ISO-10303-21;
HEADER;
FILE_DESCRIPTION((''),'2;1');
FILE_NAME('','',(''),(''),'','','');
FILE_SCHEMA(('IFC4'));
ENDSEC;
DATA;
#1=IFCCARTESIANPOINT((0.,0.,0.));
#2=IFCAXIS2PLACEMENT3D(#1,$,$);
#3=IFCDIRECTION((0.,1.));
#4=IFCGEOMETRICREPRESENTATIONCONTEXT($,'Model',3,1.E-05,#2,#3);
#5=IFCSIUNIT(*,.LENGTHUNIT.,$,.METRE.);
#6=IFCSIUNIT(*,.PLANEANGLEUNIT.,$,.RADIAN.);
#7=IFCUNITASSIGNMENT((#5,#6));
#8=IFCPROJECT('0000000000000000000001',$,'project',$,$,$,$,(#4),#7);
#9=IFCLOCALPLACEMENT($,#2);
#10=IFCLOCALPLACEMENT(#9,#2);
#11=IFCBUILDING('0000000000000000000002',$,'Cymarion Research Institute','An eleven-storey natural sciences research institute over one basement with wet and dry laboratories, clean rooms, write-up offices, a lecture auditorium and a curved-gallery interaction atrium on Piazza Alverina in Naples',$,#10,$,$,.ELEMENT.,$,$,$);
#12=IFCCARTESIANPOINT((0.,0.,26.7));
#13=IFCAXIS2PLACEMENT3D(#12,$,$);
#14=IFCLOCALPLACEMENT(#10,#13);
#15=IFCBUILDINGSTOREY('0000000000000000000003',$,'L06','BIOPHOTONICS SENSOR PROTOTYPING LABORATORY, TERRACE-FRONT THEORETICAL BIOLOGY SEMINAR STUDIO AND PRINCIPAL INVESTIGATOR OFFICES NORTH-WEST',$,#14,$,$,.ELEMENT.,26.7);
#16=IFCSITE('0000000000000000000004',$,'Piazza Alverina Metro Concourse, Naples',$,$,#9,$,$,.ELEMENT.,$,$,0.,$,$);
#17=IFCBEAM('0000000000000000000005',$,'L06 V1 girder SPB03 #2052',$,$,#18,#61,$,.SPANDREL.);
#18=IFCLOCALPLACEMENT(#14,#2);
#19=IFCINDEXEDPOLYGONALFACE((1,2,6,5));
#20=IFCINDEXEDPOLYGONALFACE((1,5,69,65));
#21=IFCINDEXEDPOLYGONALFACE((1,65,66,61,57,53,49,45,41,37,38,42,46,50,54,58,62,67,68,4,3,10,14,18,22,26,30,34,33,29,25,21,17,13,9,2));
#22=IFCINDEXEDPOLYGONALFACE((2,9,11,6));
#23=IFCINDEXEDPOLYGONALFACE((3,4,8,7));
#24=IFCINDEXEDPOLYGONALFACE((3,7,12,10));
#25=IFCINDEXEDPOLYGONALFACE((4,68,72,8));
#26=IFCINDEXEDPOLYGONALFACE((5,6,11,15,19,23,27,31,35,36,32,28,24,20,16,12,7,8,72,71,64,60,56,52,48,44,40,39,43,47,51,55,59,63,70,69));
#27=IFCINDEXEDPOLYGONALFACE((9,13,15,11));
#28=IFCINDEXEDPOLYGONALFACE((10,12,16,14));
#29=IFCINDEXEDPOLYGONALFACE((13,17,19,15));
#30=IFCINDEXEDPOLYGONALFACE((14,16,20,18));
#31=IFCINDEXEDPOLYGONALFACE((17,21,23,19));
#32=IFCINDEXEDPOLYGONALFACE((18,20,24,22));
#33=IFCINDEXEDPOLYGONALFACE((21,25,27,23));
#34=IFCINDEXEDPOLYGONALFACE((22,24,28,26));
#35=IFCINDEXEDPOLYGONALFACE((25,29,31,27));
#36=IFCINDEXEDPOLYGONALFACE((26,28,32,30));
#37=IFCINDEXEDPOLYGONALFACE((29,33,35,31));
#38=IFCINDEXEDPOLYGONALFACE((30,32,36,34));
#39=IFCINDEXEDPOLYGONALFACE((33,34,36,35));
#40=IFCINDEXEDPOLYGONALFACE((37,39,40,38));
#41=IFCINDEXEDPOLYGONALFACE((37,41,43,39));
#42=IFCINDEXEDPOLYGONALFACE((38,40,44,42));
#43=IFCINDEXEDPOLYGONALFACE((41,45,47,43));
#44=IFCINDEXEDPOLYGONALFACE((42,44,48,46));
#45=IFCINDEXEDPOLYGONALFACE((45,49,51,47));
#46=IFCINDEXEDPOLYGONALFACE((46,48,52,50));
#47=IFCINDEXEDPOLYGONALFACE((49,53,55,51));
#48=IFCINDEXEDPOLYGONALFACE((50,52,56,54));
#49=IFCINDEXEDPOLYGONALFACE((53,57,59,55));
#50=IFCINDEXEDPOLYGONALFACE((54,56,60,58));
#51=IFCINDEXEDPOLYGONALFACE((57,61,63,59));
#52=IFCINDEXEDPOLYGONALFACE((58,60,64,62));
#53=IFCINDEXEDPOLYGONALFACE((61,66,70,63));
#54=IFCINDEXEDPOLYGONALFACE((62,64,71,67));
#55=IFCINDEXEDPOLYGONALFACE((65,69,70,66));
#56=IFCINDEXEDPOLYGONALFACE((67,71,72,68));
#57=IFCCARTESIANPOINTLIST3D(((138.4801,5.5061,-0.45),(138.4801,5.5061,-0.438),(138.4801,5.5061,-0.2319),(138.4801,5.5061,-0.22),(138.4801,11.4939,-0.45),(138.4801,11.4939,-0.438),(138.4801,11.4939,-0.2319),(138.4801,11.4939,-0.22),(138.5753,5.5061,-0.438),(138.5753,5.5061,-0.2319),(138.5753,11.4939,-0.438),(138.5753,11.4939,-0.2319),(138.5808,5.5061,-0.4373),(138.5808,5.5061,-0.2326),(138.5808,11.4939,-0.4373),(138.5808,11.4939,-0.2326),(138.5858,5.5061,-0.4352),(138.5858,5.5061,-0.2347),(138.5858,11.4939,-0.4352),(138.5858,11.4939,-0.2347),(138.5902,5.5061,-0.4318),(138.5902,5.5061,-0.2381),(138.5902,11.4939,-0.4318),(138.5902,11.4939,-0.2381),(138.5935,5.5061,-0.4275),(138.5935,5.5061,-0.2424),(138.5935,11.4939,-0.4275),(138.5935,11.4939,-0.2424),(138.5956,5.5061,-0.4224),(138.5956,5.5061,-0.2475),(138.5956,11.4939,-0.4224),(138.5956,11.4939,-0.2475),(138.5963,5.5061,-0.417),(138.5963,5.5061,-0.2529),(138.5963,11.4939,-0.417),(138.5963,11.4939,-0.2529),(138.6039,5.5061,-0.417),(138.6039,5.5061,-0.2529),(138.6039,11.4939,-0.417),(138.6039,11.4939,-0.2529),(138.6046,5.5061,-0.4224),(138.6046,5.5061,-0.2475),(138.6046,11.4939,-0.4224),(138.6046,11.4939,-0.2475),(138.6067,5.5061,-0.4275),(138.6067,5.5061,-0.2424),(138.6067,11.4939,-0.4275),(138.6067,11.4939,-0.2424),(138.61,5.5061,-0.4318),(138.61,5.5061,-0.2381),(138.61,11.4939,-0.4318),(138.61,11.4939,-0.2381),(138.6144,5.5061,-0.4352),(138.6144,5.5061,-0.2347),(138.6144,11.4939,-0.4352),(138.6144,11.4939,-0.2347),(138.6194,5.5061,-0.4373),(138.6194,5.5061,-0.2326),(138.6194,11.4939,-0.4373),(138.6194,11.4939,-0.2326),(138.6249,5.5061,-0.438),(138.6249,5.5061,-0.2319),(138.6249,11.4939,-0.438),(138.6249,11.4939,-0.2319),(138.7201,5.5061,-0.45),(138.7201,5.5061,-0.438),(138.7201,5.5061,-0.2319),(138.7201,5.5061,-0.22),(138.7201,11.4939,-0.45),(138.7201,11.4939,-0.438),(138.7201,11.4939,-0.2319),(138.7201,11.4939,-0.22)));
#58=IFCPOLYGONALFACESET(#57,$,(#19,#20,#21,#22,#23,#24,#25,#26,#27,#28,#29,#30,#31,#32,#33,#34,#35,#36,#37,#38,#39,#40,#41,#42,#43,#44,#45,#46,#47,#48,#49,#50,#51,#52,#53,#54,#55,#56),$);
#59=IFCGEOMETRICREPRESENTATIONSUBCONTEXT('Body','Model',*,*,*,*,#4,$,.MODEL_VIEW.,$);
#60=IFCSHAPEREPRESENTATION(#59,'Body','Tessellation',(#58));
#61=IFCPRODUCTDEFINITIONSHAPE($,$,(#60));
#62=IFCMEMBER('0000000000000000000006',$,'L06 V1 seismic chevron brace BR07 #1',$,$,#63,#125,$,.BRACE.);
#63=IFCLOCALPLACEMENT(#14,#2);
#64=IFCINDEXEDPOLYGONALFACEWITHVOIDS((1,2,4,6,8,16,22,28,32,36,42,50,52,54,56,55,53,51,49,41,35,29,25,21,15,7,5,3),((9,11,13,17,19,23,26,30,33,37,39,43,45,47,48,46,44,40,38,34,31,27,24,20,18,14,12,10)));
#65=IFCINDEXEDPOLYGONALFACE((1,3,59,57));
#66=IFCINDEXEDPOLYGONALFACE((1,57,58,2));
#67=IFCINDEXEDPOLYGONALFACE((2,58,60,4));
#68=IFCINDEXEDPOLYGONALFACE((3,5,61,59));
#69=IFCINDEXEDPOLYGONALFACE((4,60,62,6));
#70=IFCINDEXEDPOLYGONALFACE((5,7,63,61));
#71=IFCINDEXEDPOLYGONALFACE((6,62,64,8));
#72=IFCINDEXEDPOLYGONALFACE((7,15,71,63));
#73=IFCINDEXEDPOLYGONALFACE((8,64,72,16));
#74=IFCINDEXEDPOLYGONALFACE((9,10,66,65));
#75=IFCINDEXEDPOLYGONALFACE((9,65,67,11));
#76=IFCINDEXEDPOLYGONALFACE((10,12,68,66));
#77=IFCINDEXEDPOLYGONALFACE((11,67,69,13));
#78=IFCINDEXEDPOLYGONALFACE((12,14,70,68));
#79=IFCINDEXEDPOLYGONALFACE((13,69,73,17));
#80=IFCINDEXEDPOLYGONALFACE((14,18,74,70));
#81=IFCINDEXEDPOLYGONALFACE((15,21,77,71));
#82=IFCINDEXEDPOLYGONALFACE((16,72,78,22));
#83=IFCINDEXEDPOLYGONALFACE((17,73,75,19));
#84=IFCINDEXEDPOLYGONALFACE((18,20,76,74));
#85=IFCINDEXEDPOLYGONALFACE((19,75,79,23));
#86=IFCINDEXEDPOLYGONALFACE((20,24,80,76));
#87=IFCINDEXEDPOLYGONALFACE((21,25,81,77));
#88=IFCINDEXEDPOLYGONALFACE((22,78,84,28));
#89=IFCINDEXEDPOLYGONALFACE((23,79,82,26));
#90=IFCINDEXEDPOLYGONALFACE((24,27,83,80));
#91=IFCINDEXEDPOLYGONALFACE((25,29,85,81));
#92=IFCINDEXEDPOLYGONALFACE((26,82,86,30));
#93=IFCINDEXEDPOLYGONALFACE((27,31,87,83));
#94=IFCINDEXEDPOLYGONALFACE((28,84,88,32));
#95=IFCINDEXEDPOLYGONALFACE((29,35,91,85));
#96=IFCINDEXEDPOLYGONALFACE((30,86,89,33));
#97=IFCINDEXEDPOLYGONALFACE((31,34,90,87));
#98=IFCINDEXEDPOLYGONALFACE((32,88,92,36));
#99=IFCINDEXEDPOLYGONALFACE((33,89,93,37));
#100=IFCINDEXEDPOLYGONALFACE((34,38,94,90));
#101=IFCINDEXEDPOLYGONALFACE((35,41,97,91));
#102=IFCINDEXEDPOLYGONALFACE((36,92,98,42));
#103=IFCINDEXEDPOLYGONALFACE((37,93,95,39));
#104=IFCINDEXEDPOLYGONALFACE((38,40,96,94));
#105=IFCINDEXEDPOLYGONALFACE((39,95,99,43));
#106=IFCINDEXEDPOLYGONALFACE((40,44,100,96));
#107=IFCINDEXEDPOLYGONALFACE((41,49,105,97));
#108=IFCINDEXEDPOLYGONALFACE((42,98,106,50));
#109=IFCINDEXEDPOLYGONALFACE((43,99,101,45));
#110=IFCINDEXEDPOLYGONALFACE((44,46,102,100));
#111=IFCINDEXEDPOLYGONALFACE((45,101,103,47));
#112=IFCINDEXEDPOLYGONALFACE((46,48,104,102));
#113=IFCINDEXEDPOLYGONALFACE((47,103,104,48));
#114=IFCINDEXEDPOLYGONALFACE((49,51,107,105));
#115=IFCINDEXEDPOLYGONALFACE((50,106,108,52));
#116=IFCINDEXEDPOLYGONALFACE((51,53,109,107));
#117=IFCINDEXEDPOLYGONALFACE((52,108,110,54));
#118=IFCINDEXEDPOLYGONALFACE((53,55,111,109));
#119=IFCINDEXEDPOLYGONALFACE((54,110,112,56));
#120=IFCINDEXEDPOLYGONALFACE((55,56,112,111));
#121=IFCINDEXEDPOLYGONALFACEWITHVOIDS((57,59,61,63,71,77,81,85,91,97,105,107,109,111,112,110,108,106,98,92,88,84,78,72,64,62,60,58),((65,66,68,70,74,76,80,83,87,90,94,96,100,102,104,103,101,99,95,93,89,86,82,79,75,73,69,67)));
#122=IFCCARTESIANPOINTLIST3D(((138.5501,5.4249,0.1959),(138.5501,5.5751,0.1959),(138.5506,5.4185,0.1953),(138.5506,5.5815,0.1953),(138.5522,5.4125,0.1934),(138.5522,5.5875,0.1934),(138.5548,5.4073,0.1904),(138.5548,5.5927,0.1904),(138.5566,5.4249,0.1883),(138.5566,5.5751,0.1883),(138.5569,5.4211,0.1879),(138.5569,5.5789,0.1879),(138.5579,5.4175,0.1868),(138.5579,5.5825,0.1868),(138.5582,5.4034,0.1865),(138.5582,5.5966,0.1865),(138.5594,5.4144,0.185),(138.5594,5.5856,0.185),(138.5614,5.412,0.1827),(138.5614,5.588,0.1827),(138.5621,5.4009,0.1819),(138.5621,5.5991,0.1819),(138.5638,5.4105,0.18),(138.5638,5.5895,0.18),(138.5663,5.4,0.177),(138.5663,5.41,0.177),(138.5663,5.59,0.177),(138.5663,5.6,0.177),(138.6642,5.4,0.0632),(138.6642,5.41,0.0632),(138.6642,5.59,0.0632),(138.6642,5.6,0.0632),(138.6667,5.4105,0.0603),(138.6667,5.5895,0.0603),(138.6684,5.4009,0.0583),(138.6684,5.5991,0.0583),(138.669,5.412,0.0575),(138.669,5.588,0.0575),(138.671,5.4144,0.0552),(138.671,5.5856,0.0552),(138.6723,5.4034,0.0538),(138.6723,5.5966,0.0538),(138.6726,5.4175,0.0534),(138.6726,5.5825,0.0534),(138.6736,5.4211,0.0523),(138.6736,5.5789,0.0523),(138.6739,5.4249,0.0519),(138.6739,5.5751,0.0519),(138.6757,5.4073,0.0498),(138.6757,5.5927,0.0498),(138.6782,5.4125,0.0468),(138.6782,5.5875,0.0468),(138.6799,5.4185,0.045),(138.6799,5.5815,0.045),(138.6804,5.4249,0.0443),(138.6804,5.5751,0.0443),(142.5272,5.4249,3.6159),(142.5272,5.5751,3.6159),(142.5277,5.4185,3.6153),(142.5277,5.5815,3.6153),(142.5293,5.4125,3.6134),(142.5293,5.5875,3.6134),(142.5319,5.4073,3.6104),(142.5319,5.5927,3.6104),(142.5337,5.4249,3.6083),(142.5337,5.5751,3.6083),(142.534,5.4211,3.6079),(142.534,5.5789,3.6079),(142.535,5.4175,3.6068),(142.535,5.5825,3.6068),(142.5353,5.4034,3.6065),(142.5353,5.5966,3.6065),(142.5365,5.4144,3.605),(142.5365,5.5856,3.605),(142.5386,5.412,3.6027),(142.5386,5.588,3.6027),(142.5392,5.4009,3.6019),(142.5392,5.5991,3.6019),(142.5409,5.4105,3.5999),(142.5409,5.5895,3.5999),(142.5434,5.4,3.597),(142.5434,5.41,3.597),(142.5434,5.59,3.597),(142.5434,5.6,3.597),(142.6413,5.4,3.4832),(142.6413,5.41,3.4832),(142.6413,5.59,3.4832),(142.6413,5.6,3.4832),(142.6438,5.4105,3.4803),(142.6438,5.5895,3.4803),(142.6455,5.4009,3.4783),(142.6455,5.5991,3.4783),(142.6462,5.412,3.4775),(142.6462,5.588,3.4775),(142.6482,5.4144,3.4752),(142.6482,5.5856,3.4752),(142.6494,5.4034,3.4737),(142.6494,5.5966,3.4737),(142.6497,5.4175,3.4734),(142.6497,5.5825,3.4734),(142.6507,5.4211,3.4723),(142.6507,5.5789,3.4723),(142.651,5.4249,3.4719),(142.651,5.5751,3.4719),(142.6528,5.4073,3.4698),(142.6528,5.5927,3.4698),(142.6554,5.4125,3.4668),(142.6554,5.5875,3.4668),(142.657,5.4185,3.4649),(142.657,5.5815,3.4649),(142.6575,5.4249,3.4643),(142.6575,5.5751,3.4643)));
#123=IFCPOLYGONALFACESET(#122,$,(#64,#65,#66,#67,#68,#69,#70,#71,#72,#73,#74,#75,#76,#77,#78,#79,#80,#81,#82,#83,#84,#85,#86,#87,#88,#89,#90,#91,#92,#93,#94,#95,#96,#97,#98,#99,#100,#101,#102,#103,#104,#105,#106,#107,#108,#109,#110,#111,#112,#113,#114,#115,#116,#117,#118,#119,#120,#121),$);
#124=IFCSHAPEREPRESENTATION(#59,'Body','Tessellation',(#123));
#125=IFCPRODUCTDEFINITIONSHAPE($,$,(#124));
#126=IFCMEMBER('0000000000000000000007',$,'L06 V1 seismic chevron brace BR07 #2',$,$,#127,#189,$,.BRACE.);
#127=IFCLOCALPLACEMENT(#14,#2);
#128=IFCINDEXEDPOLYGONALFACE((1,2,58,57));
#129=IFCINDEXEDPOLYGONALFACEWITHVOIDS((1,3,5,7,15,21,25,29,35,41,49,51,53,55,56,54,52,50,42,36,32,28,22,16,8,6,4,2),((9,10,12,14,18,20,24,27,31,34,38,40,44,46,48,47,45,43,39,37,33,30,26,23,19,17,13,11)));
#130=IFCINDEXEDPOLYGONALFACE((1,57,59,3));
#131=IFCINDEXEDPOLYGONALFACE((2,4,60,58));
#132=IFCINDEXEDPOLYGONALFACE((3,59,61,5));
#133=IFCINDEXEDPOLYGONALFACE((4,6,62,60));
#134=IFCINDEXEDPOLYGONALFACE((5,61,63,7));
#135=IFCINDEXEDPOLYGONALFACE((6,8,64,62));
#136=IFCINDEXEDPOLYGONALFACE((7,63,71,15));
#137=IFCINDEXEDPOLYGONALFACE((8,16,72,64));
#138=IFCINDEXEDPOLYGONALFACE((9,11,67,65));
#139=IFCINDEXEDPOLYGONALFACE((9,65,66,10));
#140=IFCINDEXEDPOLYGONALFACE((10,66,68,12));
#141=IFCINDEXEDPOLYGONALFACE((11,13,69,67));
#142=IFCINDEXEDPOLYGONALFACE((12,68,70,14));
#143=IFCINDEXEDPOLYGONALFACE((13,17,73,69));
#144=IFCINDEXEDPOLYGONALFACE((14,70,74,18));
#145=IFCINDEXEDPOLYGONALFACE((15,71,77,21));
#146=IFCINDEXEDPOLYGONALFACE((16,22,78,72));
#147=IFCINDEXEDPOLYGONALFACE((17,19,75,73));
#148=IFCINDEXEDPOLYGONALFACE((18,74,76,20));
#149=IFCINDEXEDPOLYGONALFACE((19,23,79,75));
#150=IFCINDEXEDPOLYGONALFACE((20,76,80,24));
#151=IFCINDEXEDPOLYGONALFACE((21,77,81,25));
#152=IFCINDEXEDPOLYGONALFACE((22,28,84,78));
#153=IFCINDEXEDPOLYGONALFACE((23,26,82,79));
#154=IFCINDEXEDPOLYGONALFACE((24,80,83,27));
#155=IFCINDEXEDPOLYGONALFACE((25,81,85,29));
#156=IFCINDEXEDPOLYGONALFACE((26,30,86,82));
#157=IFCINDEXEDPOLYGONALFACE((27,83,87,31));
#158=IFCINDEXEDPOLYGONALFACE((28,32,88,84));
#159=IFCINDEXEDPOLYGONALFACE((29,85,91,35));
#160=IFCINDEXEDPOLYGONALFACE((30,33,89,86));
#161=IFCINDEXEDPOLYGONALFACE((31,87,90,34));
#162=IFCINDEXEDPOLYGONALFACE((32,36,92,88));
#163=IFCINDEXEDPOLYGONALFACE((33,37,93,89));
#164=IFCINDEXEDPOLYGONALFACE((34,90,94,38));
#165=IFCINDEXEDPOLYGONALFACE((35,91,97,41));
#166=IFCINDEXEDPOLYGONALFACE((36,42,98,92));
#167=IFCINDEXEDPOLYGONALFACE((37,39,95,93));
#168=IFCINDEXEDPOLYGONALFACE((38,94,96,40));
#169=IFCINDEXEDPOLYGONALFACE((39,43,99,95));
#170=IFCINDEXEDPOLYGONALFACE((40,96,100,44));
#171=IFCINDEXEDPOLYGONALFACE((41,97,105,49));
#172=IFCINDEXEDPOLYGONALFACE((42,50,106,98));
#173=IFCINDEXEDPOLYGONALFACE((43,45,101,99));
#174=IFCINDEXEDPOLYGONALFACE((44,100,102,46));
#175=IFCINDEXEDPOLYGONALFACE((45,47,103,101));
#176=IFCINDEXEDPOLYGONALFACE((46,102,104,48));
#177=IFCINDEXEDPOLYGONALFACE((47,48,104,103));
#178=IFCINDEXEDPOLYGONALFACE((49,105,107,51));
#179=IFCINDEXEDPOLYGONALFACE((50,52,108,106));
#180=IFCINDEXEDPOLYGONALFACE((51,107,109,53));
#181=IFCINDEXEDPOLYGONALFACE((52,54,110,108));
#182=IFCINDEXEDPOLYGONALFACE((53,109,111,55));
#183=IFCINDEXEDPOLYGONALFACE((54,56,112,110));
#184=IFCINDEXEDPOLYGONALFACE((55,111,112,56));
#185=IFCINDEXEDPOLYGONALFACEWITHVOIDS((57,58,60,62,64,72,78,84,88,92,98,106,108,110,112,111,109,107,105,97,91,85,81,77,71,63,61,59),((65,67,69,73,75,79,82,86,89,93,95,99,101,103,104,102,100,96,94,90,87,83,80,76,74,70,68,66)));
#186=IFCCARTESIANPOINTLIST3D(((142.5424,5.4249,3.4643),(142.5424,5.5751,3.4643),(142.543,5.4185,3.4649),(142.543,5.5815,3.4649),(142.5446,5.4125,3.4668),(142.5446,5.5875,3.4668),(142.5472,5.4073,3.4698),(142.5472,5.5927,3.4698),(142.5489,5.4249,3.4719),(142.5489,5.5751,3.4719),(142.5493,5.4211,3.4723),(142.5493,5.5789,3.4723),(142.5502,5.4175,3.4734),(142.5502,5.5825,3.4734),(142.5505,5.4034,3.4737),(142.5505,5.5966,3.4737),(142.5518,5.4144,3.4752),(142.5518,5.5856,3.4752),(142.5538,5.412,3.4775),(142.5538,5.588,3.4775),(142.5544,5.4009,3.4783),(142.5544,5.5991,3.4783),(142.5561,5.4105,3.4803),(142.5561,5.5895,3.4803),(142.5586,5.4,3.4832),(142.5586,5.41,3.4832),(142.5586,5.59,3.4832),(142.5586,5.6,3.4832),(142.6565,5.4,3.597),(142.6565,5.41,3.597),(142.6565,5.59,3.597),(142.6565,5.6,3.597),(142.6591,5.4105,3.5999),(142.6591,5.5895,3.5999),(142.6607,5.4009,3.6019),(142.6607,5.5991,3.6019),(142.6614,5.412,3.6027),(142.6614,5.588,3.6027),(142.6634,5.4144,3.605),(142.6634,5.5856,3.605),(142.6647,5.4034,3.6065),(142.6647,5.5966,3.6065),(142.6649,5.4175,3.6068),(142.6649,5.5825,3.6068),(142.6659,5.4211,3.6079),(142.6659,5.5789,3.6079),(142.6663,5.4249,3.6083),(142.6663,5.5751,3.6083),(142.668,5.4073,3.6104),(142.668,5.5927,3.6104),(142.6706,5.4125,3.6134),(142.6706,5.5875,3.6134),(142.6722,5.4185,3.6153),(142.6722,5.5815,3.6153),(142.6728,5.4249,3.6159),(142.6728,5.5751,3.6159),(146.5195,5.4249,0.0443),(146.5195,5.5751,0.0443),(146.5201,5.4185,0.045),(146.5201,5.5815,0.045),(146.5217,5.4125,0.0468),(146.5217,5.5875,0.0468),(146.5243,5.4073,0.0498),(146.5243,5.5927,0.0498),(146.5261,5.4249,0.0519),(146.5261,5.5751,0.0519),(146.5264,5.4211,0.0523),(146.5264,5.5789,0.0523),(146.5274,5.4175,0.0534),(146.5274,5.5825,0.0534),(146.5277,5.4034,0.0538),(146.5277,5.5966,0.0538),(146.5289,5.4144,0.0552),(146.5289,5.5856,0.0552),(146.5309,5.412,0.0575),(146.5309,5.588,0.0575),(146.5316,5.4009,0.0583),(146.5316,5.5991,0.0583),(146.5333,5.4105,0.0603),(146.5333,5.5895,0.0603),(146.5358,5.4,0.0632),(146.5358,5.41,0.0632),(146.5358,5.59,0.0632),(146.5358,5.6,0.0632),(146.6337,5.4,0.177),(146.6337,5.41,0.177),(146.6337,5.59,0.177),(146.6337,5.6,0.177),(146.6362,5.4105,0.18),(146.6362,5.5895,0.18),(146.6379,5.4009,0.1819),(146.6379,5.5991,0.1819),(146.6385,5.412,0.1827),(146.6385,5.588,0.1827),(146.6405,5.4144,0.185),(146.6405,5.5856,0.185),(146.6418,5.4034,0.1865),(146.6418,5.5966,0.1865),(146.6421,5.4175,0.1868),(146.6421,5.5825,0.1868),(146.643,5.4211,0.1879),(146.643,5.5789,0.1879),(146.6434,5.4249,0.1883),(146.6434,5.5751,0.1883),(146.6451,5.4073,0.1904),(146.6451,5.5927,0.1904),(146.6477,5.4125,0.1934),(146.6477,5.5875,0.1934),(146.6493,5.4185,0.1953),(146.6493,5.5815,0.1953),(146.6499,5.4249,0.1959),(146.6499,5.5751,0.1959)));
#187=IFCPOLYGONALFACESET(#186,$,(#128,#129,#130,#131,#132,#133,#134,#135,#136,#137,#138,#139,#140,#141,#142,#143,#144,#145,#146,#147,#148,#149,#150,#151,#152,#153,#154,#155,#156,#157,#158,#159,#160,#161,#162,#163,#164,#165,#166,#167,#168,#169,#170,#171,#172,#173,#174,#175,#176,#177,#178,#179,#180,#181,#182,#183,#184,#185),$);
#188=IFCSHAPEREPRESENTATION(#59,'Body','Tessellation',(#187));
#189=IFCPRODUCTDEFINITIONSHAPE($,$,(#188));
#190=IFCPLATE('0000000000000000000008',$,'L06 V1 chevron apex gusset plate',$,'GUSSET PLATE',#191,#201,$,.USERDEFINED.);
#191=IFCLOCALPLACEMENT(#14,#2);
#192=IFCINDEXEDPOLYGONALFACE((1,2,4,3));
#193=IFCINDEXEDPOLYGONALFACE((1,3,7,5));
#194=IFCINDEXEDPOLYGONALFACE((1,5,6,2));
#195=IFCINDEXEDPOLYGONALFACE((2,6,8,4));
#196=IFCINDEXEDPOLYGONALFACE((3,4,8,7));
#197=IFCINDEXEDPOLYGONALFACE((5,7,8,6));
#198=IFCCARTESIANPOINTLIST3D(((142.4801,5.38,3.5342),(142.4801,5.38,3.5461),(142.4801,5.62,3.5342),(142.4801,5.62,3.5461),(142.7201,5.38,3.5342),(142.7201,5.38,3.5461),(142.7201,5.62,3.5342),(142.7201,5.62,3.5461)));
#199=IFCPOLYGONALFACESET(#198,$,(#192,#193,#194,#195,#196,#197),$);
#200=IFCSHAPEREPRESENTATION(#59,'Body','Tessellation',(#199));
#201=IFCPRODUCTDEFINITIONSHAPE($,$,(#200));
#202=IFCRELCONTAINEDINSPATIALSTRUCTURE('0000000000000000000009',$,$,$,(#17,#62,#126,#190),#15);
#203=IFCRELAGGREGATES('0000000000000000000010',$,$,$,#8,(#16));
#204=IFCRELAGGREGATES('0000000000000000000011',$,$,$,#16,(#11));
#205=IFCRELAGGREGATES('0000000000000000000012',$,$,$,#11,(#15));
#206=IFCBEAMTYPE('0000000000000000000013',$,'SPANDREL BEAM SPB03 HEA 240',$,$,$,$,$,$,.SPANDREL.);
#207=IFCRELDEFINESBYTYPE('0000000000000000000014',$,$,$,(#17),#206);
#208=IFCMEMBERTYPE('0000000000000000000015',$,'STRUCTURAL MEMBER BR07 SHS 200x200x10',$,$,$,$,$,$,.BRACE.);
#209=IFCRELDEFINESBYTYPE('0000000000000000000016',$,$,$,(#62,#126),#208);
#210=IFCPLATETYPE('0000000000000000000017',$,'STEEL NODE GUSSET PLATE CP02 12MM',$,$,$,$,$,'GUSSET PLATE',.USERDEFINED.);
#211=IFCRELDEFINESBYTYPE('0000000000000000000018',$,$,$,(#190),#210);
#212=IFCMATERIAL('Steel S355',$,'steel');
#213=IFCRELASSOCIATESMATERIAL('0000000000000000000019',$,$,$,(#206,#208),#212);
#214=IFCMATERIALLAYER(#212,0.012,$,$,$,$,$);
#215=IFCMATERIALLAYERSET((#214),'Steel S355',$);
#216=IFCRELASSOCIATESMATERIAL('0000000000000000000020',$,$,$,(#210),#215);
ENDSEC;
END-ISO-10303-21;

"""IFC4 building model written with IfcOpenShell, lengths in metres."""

from ifc_helpers import new_model, si_unit, direction, frame, origin, origin_2d, place, context, subcontext, project, spatial, rectangle, hollow_rectangle, i_section, extrude, material, layer, layer_set, material_profile, profile_set, type_object, element, save


model = new_model("IFC4")

# Units and contexts
model_context = context("Model", 3, precision=1e-05, world=origin(), true_north=direction((0.0, 1.0)))
body_context = subcontext(model_context, "Body", "Model", "MODEL_VIEW")
ifc_project = project(units=[si_unit("LENGTHUNIT", "METRE"), si_unit("PLANEANGLEUNIT", "RADIAN")], contexts=[model_context])

# Site, building, storey
site_placement = place(None, origin())
site = spatial("IfcSite", under=ifc_project, at=site_placement, Name="Piazza Alverina Metro Concourse, Naples", CompositionType="ELEMENT", RefElevation=0.0)
building_placement = place(site_placement, origin())
building = spatial("IfcBuilding", under=site, at=building_placement, Name="Cymarion Research Institute", Description="An eleven-storey natural sciences research institute over one basement with wet and dry laboratories, clean rooms, write-up offices, a lecture auditorium and a curved-gallery interaction atrium on Piazza Alverina in Naples", CompositionType="ELEMENT")
storey_placement = place(building_placement, frame((0.0, 0.0, 26.7)))
storey = spatial("IfcBuildingStorey", under=building, at=storey_placement, Name="L06", Description="BIOPHOTONICS SENSOR PROTOTYPING LABORATORY, TERRACE-FRONT THEORETICAL BIOLOGY SEMINAR STUDIO AND PRINCIPAL INVESTIGATOR OFFICES NORTH-WEST", CompositionType="ELEMENT", Elevation=26.7)

# Shared definitions
ifc_material_1 = material(Name="Steel S355", Category="steel")

# Beam
ifc_material_profile_1 = material_profile(ifc_material_1, i_section(OverallWidth=0.24, OverallDepth=0.23, WebThickness=0.0076, FlangeThickness=0.012, FilletRadius=0.021, at=origin_2d()), Name="HEA 240")
ifc_profile_set_1 = profile_set([ifc_material_profile_1], Name="Steel S355")
beam_type_1 = type_object("IfcBeamType", Name="SPANDREL BEAM SPB03 HEA 240", PredefinedType="SPANDREL", material=ifc_profile_set_1)
beam_1_placement = place(storey_placement, frame((138.6001, 5.5061, -0.335), z_axis=(0.0, 1.0, 0.0), x_axis=(-1.0, 0.0, 0.0)))
element("IfcBeam", 1, at=beam_1_placement, inside=storey, type_object=beam_type_1, Name="L06 V1 girder SPB03 #2052", PredefinedType="SPANDREL", context=body_context, shape_type="SweptSolid", body=[
    extrude(i_section(OverallWidth=0.24, OverallDepth=0.23, WebThickness=0.0076, FlangeThickness=0.012, FilletRadius=0.021, at=origin_2d()), origin(), (0.0, 0.0, 1.0), 5.9878),
])

# Members
ifc_material_profile_2 = material_profile(ifc_material_1, hollow_rectangle(XDim=0.2, YDim=0.2, WallThickness=0.01, InnerFilletRadius=0.0149, OuterFilletRadius=0.0249, at=origin_2d()), Name="SHS 200x200x10")
ifc_profile_set_2 = profile_set([ifc_material_profile_2], Name="Steel S355")
member_type = type_object("IfcMemberType", Name="STRUCTURAL MEMBER BR07 SHS 200x200x10", PredefinedType="BRACE", material=ifc_profile_set_2)
for number, where, z_axis, x_axis, name in (
    (2, (138.6152, 5.5, 0.1201), (0.758217, 0.0, 0.652002), (0.0, 1.0, 0.0), "L06 V1 seismic chevron brace BR07 #1"),
    (3, (146.5847, 5.5, 0.1201), (-0.758217, 0.0, 0.652002), (0.0, -1.0, 0.0), "L06 V1 seismic chevron brace BR07 #2"),
):
    element("IfcMember", number, at=place(storey_placement, frame(where, z_axis=z_axis, x_axis=x_axis)), inside=storey, type_object=member_type, Name=name, PredefinedType="BRACE", context=body_context, shape_type="SweptSolid", body=[
        extrude(hollow_rectangle(XDim=0.2, YDim=0.2, WallThickness=0.01, InnerFilletRadius=0.0149, OuterFilletRadius=0.0249, at=origin_2d()), origin(), (0.0, 0.0, 1.0), 5.2454),
    ])

# Plate
ifc_layer_1 = layer(ifc_material_1, 0.012)
ifc_layer_set_1 = layer_set([ifc_layer_1], Name="Steel S355")
plate_type = type_object("IfcPlateType", Name="STEEL NODE GUSSET PLATE CP02 12MM", ElementType="GUSSET PLATE", PredefinedType="USERDEFINED", material=ifc_layer_set_1)
for number, where, z_axis, x_axis, name in (
    (4, (142.6001, 5.5, 3.5342), (0.0, 0.0, 1.0), (1.0, 0.0, 0.0), "L06 V1 chevron apex gusset plate"),
):
    element("IfcPlate", number, at=place(storey_placement, frame(where, z_axis=z_axis, x_axis=x_axis)), inside=storey, type_object=plate_type, Name=name, ObjectType="GUSSET PLATE", PredefinedType="USERDEFINED", context=body_context, shape_type="SweptSolid", body=[
        extrude(rectangle(XDim=0.24, YDim=0.24, at=origin_2d()), origin(), (0.0, 0.0, 1.0), 0.012),
    ])

save(model, "model.ifc")
